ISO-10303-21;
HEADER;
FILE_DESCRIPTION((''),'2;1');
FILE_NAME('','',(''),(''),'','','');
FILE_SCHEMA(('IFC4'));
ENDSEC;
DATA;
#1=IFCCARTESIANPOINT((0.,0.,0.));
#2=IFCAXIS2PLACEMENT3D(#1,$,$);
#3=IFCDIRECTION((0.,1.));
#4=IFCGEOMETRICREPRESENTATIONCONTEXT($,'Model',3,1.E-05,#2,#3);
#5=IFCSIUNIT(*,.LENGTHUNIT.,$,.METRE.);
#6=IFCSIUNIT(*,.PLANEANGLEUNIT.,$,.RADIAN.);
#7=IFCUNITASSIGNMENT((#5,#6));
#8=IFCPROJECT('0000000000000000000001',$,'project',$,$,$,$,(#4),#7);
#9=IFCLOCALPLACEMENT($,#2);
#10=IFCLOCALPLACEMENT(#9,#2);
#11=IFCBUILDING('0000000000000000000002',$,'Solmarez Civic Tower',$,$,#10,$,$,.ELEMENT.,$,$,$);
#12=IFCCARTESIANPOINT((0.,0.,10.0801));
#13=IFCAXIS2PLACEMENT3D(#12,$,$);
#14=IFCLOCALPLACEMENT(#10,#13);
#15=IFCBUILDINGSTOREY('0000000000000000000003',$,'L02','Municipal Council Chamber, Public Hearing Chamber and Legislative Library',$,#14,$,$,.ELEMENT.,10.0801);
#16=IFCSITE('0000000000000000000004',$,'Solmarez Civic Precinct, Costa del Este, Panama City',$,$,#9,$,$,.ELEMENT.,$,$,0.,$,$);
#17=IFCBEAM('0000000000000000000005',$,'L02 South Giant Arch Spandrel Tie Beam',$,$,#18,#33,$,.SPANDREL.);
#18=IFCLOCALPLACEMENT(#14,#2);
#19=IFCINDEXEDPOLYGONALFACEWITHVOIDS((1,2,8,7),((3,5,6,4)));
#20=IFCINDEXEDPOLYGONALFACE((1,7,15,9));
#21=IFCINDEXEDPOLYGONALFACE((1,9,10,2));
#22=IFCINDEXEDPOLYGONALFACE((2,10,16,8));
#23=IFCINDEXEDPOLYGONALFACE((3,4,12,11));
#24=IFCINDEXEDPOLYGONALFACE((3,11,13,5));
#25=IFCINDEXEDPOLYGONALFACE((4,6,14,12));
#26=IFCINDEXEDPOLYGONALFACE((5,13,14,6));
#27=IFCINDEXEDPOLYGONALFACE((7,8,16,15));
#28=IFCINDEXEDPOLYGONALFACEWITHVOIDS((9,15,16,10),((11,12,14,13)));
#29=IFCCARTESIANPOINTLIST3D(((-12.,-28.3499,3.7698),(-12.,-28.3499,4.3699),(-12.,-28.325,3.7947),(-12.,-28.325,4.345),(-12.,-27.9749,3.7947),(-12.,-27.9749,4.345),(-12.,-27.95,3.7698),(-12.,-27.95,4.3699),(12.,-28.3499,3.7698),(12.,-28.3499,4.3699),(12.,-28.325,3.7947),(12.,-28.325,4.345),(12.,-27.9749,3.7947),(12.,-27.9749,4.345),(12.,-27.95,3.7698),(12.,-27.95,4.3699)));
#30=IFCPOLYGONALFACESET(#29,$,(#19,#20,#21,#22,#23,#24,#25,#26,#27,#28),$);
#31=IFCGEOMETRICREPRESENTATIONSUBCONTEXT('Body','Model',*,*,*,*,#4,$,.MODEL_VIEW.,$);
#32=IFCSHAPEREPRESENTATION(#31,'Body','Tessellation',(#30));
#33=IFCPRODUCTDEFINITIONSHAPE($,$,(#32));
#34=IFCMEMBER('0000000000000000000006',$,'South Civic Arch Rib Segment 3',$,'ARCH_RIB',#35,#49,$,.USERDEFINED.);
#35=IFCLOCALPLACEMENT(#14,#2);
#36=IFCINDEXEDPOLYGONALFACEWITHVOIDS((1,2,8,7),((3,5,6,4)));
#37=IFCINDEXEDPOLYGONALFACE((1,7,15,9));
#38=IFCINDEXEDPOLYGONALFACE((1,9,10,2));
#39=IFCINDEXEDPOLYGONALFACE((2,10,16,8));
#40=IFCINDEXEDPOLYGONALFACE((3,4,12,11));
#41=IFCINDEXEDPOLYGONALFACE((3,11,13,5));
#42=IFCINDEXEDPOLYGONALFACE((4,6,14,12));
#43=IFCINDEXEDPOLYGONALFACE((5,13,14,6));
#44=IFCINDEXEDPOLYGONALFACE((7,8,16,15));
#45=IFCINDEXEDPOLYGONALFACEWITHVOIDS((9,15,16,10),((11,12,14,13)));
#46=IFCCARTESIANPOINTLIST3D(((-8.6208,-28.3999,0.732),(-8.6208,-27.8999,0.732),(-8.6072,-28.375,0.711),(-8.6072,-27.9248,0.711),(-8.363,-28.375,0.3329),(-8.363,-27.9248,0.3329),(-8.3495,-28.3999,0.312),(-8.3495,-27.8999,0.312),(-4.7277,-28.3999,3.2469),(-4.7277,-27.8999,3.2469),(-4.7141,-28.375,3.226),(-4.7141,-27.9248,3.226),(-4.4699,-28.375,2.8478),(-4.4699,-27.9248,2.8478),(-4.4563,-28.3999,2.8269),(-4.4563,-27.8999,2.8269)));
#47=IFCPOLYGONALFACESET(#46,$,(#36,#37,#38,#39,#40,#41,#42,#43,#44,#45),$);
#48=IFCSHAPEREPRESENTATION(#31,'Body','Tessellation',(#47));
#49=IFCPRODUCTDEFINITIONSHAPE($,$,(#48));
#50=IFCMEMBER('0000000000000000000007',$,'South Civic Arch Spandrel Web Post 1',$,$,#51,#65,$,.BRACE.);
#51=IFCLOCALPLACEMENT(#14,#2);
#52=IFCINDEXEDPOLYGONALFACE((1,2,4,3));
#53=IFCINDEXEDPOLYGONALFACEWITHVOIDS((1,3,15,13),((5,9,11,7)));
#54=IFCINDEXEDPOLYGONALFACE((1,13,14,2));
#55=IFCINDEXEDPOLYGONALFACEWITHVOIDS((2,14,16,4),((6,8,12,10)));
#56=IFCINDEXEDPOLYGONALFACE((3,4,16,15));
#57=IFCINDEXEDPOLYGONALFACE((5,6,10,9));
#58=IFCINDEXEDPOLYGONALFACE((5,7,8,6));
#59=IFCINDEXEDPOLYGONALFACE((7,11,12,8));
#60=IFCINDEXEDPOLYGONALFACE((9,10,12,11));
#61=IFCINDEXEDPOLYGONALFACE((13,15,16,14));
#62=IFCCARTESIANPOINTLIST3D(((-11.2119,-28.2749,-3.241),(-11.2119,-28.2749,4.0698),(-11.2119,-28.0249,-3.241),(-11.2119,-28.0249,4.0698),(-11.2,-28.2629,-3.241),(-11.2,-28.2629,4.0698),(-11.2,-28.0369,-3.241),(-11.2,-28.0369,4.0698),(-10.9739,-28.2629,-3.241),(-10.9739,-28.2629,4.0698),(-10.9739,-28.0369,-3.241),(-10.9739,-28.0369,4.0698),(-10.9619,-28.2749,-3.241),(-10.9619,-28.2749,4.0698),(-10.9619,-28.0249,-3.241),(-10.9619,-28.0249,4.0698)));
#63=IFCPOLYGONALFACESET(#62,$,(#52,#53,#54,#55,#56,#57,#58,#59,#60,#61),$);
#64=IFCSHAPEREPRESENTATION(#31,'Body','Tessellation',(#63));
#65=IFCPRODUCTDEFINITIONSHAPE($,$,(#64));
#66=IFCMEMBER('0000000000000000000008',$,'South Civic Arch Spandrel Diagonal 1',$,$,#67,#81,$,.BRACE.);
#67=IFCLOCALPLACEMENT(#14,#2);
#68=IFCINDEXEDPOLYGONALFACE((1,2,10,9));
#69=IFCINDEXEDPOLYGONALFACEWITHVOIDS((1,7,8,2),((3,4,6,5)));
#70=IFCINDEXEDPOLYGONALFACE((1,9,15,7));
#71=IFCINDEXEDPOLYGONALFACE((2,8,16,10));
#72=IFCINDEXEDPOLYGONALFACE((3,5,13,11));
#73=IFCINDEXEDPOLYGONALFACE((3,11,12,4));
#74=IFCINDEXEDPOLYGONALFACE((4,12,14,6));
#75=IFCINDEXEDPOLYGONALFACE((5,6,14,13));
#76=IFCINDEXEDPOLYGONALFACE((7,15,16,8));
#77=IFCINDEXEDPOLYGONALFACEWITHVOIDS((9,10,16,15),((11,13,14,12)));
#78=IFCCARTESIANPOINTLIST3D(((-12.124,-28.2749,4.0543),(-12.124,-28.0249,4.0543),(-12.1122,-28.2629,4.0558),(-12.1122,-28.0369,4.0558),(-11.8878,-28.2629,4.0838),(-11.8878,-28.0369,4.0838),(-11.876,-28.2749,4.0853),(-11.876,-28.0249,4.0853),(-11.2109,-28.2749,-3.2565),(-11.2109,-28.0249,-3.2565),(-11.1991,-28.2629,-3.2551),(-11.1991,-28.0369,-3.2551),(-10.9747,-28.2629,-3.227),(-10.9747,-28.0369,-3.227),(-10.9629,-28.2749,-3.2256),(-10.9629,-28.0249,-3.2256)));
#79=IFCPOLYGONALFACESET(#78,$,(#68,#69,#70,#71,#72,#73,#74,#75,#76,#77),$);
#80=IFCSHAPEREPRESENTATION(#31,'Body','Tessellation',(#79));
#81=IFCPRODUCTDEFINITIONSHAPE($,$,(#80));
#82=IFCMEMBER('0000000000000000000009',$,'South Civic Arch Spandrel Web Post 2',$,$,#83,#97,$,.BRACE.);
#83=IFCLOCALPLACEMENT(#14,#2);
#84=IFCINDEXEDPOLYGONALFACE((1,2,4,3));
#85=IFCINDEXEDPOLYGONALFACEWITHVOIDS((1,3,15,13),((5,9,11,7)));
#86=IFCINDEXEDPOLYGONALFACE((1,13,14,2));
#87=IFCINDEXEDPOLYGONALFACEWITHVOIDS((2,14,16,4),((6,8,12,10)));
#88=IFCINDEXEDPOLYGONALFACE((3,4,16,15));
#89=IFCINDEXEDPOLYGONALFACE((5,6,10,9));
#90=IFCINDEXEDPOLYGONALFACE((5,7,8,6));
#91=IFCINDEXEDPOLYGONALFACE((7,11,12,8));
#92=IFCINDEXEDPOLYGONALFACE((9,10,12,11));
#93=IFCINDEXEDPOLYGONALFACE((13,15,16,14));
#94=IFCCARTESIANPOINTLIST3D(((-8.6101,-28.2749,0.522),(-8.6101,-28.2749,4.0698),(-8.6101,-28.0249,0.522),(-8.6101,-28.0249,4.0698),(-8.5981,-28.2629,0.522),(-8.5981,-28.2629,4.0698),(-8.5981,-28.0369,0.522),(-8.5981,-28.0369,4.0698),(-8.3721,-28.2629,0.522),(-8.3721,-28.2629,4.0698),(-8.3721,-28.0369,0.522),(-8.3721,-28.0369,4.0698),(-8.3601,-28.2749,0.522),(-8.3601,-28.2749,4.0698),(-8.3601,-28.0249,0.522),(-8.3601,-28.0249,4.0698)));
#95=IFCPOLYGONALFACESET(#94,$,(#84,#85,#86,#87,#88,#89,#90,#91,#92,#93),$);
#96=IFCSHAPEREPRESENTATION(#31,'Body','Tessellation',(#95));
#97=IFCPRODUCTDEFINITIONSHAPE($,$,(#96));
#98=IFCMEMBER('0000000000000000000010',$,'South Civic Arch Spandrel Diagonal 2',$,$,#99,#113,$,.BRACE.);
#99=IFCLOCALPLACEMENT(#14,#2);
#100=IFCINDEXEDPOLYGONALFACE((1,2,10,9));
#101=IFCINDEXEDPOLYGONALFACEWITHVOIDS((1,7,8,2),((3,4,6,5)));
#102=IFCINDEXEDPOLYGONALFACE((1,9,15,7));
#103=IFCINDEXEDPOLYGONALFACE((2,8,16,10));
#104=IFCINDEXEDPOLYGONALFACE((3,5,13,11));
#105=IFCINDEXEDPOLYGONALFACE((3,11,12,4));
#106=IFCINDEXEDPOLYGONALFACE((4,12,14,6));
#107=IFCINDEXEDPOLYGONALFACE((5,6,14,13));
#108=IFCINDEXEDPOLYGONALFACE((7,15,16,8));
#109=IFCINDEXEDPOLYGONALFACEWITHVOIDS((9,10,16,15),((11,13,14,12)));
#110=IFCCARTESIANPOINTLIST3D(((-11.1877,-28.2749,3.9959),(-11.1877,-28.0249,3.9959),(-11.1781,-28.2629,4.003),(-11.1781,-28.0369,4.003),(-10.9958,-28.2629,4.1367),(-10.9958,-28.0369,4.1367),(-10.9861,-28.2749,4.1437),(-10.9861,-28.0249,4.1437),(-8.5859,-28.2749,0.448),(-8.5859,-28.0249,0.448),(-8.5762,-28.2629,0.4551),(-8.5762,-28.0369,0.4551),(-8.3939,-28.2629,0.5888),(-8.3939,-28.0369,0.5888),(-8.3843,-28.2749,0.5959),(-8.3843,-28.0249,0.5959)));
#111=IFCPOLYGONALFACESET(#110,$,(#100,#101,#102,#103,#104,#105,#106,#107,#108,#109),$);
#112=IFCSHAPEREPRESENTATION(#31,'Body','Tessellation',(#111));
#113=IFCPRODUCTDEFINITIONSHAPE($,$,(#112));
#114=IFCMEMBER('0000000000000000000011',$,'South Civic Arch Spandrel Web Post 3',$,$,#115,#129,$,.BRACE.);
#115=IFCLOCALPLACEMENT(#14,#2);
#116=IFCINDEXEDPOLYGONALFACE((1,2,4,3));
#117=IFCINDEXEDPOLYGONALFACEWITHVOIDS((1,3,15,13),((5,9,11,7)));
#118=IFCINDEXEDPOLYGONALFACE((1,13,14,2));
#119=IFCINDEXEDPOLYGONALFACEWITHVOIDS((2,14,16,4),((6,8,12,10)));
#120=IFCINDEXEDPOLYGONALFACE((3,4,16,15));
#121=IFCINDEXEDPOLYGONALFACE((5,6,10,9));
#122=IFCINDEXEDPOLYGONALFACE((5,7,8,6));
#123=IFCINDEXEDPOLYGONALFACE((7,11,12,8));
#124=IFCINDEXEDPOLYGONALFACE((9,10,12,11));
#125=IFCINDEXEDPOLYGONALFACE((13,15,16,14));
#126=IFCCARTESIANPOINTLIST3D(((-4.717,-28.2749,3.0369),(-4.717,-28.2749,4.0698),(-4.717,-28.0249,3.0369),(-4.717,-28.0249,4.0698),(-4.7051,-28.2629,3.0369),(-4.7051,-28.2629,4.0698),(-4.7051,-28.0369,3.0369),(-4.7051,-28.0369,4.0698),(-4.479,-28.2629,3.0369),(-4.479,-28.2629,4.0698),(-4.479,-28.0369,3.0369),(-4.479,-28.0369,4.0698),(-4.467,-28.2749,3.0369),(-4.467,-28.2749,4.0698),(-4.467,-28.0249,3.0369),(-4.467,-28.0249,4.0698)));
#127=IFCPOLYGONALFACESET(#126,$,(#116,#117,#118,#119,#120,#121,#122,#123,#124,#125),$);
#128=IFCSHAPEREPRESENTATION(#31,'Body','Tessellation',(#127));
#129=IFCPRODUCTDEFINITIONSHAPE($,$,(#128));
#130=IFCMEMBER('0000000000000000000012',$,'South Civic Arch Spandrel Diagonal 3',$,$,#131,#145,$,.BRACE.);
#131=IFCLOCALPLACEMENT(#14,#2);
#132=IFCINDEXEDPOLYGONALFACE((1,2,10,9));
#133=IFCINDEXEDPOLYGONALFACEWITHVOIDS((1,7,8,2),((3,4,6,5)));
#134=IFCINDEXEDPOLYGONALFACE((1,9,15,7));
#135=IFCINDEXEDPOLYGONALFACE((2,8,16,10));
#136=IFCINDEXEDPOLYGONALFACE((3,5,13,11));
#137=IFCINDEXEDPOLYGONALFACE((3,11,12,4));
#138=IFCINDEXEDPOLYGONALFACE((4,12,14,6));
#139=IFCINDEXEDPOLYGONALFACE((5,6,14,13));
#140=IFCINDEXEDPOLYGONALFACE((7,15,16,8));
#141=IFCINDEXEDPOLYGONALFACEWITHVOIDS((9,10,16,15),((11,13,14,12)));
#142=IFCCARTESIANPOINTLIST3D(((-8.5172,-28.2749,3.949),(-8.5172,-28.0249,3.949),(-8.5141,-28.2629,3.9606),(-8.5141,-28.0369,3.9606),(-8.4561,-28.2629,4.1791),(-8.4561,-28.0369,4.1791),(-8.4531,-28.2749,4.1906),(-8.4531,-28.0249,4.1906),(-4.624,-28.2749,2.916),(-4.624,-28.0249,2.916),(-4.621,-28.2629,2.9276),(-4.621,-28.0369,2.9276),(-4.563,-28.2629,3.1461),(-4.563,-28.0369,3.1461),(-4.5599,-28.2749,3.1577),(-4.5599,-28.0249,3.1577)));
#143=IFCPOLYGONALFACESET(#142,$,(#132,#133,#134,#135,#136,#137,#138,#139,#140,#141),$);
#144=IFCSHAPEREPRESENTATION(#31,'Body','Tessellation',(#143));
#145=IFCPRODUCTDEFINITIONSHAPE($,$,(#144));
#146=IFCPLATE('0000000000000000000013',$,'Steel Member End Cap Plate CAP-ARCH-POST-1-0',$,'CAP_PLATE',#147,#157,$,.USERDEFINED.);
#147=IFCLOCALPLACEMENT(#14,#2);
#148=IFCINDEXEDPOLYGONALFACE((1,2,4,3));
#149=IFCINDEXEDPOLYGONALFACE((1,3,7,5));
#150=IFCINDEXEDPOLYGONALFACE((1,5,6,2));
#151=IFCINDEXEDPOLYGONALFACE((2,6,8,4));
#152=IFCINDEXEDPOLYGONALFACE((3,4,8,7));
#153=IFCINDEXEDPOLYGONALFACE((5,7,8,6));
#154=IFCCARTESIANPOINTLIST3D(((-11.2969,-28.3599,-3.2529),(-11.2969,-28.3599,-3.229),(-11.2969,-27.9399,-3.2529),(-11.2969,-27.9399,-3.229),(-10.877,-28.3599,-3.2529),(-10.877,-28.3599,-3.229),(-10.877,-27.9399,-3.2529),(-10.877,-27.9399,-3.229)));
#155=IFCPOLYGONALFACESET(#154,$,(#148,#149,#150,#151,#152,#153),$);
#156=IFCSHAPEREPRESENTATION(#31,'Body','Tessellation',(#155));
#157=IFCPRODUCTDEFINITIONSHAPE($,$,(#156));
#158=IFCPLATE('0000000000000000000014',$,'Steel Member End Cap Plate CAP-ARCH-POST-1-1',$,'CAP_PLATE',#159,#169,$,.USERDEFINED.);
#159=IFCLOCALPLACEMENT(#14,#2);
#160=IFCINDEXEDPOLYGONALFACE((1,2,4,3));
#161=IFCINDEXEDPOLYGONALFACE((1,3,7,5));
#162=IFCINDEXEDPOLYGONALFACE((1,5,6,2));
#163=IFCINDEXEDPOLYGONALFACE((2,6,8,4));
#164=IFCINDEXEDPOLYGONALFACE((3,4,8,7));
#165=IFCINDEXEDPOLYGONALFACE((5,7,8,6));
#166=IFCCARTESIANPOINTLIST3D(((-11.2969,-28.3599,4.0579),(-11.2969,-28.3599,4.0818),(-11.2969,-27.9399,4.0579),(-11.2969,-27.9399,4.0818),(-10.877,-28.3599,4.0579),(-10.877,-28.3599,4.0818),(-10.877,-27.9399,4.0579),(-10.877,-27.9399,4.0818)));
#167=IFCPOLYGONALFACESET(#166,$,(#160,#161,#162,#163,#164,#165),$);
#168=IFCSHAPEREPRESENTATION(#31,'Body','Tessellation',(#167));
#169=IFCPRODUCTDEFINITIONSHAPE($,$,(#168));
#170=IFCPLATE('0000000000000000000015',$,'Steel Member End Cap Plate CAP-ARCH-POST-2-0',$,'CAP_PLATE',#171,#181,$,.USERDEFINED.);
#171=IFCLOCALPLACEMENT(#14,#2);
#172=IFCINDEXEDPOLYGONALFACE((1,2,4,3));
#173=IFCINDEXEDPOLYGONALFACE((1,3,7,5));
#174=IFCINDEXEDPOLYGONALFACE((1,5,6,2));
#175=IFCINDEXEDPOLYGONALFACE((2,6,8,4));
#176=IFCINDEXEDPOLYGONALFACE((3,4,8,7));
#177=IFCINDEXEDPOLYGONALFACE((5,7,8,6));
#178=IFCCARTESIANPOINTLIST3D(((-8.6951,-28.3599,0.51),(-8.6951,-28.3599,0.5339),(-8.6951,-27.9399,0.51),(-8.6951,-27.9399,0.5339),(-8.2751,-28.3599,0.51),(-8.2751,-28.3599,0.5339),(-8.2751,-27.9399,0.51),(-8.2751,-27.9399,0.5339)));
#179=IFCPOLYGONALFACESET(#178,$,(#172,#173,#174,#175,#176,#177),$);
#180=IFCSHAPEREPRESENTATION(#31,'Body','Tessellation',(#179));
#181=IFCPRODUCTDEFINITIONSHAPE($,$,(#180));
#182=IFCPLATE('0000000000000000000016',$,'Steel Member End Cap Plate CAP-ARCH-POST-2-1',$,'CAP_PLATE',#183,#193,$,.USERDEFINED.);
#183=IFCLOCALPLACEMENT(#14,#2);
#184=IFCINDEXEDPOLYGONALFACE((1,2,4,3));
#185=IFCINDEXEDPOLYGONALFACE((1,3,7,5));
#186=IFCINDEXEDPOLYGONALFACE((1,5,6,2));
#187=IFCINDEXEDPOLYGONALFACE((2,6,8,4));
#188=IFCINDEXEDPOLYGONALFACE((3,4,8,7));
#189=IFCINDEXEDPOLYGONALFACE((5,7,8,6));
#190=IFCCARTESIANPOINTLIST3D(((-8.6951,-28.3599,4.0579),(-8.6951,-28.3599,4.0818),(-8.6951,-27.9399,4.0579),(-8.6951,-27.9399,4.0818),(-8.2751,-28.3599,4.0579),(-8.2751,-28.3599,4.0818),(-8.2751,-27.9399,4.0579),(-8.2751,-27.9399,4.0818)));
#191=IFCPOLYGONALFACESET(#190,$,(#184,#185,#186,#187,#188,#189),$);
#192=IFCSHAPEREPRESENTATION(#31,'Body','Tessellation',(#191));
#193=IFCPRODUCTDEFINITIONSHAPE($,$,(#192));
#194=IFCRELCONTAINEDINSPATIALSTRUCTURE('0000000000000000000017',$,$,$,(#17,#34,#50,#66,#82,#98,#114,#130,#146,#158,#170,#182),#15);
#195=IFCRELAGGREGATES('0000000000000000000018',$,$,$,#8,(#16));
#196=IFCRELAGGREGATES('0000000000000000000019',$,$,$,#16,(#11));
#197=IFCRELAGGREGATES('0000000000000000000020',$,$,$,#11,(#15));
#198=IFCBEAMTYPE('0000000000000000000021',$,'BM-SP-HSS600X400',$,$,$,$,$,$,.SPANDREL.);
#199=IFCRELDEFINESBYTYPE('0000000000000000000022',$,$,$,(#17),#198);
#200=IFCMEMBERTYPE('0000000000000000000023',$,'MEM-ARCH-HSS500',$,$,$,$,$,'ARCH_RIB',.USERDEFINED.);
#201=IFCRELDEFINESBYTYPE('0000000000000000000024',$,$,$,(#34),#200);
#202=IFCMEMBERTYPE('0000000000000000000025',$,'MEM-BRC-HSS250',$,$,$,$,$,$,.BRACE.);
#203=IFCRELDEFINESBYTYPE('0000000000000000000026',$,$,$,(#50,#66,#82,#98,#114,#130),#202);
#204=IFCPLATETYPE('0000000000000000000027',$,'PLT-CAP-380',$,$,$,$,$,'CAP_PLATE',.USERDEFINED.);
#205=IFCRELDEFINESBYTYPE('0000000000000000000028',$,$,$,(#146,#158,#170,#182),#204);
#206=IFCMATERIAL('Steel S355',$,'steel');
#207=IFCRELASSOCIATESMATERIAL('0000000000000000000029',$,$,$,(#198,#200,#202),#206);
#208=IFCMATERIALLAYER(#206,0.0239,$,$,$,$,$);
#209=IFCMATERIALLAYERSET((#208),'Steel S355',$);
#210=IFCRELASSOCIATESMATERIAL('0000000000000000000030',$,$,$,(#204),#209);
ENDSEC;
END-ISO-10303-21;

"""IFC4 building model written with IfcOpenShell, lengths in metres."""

from ifc_helpers import new_model, si_unit, direction, frame, origin, origin_2d, place, context, subcontext, project, spatial, rectangle, hollow_rectangle, extrude, material, layer, layer_set, material_profile, profile_set, type_object, element, save


model = new_model("IFC4")

# Units and contexts
model_context = context("Model", 3, precision=1e-05, world=origin(), true_north=direction((0.0, 1.0)))
body_context = subcontext(model_context, "Body", "Model", "MODEL_VIEW")
ifc_project = project(units=[si_unit("LENGTHUNIT", "METRE"), si_unit("PLANEANGLEUNIT", "RADIAN")], contexts=[model_context])

# Site, building, storey
site_placement = place(None, origin())
site = spatial("IfcSite", under=ifc_project, at=site_placement, Name="Solmarez Civic Precinct, Costa del Este, Panama City", CompositionType="ELEMENT", RefElevation=0.0)
building_placement = place(site_placement, origin())
building = spatial("IfcBuilding", under=site, at=building_placement, Name="Solmarez Civic Tower", CompositionType="ELEMENT")
storey_placement = place(building_placement, frame((0.0, 0.0, 10.0801)))
storey = spatial("IfcBuildingStorey", under=building, at=storey_placement, Name="L02", Description="Municipal Council Chamber, Public Hearing Chamber and Legislative Library", CompositionType="ELEMENT", Elevation=10.0801)

# Beam
ifc_material = material(Name="Steel S355", Category="steel")
ifc_material_profile_1 = material_profile(ifc_material, hollow_rectangle(XDim=0.3999, YDim=0.6001, WallThickness=0.0249, at=origin_2d()), Name="HSS600X400X25")
ifc_profile_set_1 = profile_set([ifc_material_profile_1], Name="Steel S355")
beam_type = type_object("IfcBeamType", Name="BM-SP-HSS600X400", PredefinedType="SPANDREL", material=ifc_profile_set_1)
beam_placement = place(storey_placement, frame((-12.0, -28.1499, 4.0698), z_axis=(1.0, 0.0, 0.0), x_axis=(0.0, 1.0, 0.0)))
element("IfcBeam", 1, at=beam_placement, inside=storey, type_object=beam_type, Name="L02 South Giant Arch Spandrel Tie Beam", PredefinedType="SPANDREL", context=body_context, shape_type="SweptSolid", body=[
    extrude(hollow_rectangle(XDim=0.3999, YDim=0.6001, WallThickness=0.0249, at=origin_2d()), origin(), (0.0, 0.0, 1.0), 24.0),
])

# Members
ifc_material_profile_2 = material_profile(ifc_material, hollow_rectangle(XDim=0.5, YDim=0.5, WallThickness=0.0249, at=origin_2d()), Name="HSS500X500X25")
ifc_profile_set_2 = profile_set([ifc_material_profile_2], Name="Steel S355")
member_type_1 = type_object("IfcMemberType", Name="MEM-ARCH-HSS500", ElementType="ARCH_RIB", PredefinedType="USERDEFINED", material=ifc_profile_set_2)
member_1_placement = place(storey_placement, frame((-8.4851, -28.1499, 0.522), z_axis=(0.839978, 0.0, 0.54262), x_axis=(0.0, 1.0, 0.0)))
element("IfcMember", 2, at=member_1_placement, inside=storey, type_object=member_type_1, Name="South Civic Arch Rib Segment 3", ObjectType="ARCH_RIB", PredefinedType="USERDEFINED", context=body_context, shape_type="SweptSolid", body=[
    extrude(hollow_rectangle(XDim=0.5, YDim=0.5, WallThickness=0.0249, at=origin_2d()), origin(), (0.0, 0.0, 1.0), 4.6348),
])
ifc_material_profile_3 = material_profile(ifc_material, hollow_rectangle(XDim=0.25, YDim=0.25, WallThickness=0.012, at=origin_2d()), Name="HSS250X250X12")
ifc_profile_set_3 = profile_set([ifc_material_profile_3], Name="Steel S355")
member_type_2 = type_object("IfcMemberType", Name="MEM-BRC-HSS250", PredefinedType="BRACE", material=ifc_profile_set_3)
member_2_placement = place(storey_placement, frame((-11.0869, -28.1499, -3.241), z_axis=(0.0, 0.0, 1.0), x_axis=(1.0, 0.0, 0.0)))
element("IfcMember", 3, at=member_2_placement, inside=storey, type_object=member_type_2, Name="South Civic Arch Spandrel Web Post 1", PredefinedType="BRACE", context=body_context, shape_type="SweptSolid", body=[
    extrude(hollow_rectangle(XDim=0.25, YDim=0.25, WallThickness=0.012, at=origin_2d()), origin(), (0.0, 0.0, 1.0), 7.3108),
])
member_3_placement = place(storey_placement, frame((-12.0, -28.1499, 4.0698), z_axis=(0.123933, 0.0, -0.992291), x_axis=(0.0, 1.0, 0.0)))
element("IfcMember", 4, at=member_3_placement, inside=storey, type_object=member_type_2, Name="South Civic Arch Spandrel Diagonal 1", PredefinedType="BRACE", context=body_context, shape_type="SweptSolid", body=[
    extrude(hollow_rectangle(XDim=0.25, YDim=0.25, WallThickness=0.012, at=origin_2d()), origin(), (0.0, 0.0, 1.0), 7.3677),
])
member_4_placement = place(storey_placement, frame((-8.4851, -28.1499, 0.522), z_axis=(0.0, 0.0, 1.0), x_axis=(1.0, 0.0, 0.0)))
element("IfcMember", 5, at=member_4_placement, inside=storey, type_object=member_type_2, Name="South Civic Arch Spandrel Web Post 2", PredefinedType="BRACE", context=body_context, shape_type="SweptSolid", body=[
    extrude(hollow_rectangle(XDim=0.25, YDim=0.25, WallThickness=0.012, at=origin_2d()), origin(), (0.0, 0.0, 1.0), 3.5479),
])
member_5_placement = place(storey_placement, frame((-11.0869, -28.1499, 4.0698), z_axis=(0.591371, 0.0, -0.8064), x_axis=(0.0, 1.0, 0.0)))
element("IfcMember", 6, at=member_5_placement, inside=storey, type_object=member_type_2, Name="South Civic Arch Spandrel Diagonal 2", PredefinedType="BRACE", context=body_context, shape_type="SweptSolid", body=[
    extrude(hollow_rectangle(XDim=0.25, YDim=0.25, WallThickness=0.012, at=origin_2d()), origin(), (0.0, 0.0, 1.0), 4.3997),
])
member_6_placement = place(storey_placement, frame((-4.592, -28.1499, 3.0369), z_axis=(0.0, 0.0, 1.0), x_axis=(1.0, 0.0, 0.0)))
element("IfcMember", 7, at=member_6_placement, inside=storey, type_object=member_type_2, Name="South Civic Arch Spandrel Web Post 3", PredefinedType="BRACE", context=body_context, shape_type="SweptSolid", body=[
    extrude(hollow_rectangle(XDim=0.25, YDim=0.25, WallThickness=0.012, at=origin_2d()), origin(), (0.0, 0.0, 1.0), 1.033),
])
member_7_placement = place(storey_placement, frame((-8.4851, -28.1499, 4.0698), z_axis=(0.966555, 0.0, -0.256459), x_axis=(0.0, 1.0, 0.0)))
element("IfcMember", 8, at=member_7_placement, inside=storey, type_object=member_type_2, Name="South Civic Arch Spandrel Diagonal 3", PredefinedType="BRACE", context=body_context, shape_type="SweptSolid", body=[
    extrude(hollow_rectangle(XDim=0.25, YDim=0.25, WallThickness=0.012, at=origin_2d()), origin(), (0.0, 0.0, 1.0), 4.0278),
])

# Plates
ifc_layer_1 = layer(ifc_material, 0.0239)
ifc_layer_set_1 = layer_set([ifc_layer_1], Name="Steel S355")
plate_type_1 = type_object("IfcPlateType", Name="PLT-CAP-380", ElementType="CAP_PLATE", PredefinedType="USERDEFINED", material=ifc_layer_set_1)
for number, where, z_axis, x_axis, name in (
    (9, (-11.0869, -28.1499, -3.2529), (0.0, 0.0, 1.0), (1.0, 0.0, 0.0), "Steel Member End Cap Plate CAP-ARCH-POST-1-0"),
    (10, (-11.0869, -28.1499, 4.0579), (0.0, 0.0, 1.0), (1.0, 0.0, 0.0), "Steel Member End Cap Plate CAP-ARCH-POST-1-1"),
    (11, (-8.4851, -28.1499, 0.51), (0.0, 0.0, 1.0), (1.0, 0.0, 0.0), "Steel Member End Cap Plate CAP-ARCH-POST-2-0"),
    (12, (-8.4851, -28.1499, 4.0579), (0.0, 0.0, 1.0), (1.0, 0.0, 0.0), "Steel Member End Cap Plate CAP-ARCH-POST-2-1"),
):
    element("IfcPlate", number, at=place(storey_placement, frame(where, z_axis=z_axis, x_axis=x_axis)), inside=storey, type_object=plate_type_1, Name=name, ObjectType="CAP_PLATE", PredefinedType="USERDEFINED", context=body_context, shape_type="SweptSolid", body=[
        extrude(rectangle(XDim=0.4199, YDim=0.4199, at=origin_2d()), origin(), (0.0, 0.0, 1.0), 0.0239),
    ])

save(model, "model.ifc")
